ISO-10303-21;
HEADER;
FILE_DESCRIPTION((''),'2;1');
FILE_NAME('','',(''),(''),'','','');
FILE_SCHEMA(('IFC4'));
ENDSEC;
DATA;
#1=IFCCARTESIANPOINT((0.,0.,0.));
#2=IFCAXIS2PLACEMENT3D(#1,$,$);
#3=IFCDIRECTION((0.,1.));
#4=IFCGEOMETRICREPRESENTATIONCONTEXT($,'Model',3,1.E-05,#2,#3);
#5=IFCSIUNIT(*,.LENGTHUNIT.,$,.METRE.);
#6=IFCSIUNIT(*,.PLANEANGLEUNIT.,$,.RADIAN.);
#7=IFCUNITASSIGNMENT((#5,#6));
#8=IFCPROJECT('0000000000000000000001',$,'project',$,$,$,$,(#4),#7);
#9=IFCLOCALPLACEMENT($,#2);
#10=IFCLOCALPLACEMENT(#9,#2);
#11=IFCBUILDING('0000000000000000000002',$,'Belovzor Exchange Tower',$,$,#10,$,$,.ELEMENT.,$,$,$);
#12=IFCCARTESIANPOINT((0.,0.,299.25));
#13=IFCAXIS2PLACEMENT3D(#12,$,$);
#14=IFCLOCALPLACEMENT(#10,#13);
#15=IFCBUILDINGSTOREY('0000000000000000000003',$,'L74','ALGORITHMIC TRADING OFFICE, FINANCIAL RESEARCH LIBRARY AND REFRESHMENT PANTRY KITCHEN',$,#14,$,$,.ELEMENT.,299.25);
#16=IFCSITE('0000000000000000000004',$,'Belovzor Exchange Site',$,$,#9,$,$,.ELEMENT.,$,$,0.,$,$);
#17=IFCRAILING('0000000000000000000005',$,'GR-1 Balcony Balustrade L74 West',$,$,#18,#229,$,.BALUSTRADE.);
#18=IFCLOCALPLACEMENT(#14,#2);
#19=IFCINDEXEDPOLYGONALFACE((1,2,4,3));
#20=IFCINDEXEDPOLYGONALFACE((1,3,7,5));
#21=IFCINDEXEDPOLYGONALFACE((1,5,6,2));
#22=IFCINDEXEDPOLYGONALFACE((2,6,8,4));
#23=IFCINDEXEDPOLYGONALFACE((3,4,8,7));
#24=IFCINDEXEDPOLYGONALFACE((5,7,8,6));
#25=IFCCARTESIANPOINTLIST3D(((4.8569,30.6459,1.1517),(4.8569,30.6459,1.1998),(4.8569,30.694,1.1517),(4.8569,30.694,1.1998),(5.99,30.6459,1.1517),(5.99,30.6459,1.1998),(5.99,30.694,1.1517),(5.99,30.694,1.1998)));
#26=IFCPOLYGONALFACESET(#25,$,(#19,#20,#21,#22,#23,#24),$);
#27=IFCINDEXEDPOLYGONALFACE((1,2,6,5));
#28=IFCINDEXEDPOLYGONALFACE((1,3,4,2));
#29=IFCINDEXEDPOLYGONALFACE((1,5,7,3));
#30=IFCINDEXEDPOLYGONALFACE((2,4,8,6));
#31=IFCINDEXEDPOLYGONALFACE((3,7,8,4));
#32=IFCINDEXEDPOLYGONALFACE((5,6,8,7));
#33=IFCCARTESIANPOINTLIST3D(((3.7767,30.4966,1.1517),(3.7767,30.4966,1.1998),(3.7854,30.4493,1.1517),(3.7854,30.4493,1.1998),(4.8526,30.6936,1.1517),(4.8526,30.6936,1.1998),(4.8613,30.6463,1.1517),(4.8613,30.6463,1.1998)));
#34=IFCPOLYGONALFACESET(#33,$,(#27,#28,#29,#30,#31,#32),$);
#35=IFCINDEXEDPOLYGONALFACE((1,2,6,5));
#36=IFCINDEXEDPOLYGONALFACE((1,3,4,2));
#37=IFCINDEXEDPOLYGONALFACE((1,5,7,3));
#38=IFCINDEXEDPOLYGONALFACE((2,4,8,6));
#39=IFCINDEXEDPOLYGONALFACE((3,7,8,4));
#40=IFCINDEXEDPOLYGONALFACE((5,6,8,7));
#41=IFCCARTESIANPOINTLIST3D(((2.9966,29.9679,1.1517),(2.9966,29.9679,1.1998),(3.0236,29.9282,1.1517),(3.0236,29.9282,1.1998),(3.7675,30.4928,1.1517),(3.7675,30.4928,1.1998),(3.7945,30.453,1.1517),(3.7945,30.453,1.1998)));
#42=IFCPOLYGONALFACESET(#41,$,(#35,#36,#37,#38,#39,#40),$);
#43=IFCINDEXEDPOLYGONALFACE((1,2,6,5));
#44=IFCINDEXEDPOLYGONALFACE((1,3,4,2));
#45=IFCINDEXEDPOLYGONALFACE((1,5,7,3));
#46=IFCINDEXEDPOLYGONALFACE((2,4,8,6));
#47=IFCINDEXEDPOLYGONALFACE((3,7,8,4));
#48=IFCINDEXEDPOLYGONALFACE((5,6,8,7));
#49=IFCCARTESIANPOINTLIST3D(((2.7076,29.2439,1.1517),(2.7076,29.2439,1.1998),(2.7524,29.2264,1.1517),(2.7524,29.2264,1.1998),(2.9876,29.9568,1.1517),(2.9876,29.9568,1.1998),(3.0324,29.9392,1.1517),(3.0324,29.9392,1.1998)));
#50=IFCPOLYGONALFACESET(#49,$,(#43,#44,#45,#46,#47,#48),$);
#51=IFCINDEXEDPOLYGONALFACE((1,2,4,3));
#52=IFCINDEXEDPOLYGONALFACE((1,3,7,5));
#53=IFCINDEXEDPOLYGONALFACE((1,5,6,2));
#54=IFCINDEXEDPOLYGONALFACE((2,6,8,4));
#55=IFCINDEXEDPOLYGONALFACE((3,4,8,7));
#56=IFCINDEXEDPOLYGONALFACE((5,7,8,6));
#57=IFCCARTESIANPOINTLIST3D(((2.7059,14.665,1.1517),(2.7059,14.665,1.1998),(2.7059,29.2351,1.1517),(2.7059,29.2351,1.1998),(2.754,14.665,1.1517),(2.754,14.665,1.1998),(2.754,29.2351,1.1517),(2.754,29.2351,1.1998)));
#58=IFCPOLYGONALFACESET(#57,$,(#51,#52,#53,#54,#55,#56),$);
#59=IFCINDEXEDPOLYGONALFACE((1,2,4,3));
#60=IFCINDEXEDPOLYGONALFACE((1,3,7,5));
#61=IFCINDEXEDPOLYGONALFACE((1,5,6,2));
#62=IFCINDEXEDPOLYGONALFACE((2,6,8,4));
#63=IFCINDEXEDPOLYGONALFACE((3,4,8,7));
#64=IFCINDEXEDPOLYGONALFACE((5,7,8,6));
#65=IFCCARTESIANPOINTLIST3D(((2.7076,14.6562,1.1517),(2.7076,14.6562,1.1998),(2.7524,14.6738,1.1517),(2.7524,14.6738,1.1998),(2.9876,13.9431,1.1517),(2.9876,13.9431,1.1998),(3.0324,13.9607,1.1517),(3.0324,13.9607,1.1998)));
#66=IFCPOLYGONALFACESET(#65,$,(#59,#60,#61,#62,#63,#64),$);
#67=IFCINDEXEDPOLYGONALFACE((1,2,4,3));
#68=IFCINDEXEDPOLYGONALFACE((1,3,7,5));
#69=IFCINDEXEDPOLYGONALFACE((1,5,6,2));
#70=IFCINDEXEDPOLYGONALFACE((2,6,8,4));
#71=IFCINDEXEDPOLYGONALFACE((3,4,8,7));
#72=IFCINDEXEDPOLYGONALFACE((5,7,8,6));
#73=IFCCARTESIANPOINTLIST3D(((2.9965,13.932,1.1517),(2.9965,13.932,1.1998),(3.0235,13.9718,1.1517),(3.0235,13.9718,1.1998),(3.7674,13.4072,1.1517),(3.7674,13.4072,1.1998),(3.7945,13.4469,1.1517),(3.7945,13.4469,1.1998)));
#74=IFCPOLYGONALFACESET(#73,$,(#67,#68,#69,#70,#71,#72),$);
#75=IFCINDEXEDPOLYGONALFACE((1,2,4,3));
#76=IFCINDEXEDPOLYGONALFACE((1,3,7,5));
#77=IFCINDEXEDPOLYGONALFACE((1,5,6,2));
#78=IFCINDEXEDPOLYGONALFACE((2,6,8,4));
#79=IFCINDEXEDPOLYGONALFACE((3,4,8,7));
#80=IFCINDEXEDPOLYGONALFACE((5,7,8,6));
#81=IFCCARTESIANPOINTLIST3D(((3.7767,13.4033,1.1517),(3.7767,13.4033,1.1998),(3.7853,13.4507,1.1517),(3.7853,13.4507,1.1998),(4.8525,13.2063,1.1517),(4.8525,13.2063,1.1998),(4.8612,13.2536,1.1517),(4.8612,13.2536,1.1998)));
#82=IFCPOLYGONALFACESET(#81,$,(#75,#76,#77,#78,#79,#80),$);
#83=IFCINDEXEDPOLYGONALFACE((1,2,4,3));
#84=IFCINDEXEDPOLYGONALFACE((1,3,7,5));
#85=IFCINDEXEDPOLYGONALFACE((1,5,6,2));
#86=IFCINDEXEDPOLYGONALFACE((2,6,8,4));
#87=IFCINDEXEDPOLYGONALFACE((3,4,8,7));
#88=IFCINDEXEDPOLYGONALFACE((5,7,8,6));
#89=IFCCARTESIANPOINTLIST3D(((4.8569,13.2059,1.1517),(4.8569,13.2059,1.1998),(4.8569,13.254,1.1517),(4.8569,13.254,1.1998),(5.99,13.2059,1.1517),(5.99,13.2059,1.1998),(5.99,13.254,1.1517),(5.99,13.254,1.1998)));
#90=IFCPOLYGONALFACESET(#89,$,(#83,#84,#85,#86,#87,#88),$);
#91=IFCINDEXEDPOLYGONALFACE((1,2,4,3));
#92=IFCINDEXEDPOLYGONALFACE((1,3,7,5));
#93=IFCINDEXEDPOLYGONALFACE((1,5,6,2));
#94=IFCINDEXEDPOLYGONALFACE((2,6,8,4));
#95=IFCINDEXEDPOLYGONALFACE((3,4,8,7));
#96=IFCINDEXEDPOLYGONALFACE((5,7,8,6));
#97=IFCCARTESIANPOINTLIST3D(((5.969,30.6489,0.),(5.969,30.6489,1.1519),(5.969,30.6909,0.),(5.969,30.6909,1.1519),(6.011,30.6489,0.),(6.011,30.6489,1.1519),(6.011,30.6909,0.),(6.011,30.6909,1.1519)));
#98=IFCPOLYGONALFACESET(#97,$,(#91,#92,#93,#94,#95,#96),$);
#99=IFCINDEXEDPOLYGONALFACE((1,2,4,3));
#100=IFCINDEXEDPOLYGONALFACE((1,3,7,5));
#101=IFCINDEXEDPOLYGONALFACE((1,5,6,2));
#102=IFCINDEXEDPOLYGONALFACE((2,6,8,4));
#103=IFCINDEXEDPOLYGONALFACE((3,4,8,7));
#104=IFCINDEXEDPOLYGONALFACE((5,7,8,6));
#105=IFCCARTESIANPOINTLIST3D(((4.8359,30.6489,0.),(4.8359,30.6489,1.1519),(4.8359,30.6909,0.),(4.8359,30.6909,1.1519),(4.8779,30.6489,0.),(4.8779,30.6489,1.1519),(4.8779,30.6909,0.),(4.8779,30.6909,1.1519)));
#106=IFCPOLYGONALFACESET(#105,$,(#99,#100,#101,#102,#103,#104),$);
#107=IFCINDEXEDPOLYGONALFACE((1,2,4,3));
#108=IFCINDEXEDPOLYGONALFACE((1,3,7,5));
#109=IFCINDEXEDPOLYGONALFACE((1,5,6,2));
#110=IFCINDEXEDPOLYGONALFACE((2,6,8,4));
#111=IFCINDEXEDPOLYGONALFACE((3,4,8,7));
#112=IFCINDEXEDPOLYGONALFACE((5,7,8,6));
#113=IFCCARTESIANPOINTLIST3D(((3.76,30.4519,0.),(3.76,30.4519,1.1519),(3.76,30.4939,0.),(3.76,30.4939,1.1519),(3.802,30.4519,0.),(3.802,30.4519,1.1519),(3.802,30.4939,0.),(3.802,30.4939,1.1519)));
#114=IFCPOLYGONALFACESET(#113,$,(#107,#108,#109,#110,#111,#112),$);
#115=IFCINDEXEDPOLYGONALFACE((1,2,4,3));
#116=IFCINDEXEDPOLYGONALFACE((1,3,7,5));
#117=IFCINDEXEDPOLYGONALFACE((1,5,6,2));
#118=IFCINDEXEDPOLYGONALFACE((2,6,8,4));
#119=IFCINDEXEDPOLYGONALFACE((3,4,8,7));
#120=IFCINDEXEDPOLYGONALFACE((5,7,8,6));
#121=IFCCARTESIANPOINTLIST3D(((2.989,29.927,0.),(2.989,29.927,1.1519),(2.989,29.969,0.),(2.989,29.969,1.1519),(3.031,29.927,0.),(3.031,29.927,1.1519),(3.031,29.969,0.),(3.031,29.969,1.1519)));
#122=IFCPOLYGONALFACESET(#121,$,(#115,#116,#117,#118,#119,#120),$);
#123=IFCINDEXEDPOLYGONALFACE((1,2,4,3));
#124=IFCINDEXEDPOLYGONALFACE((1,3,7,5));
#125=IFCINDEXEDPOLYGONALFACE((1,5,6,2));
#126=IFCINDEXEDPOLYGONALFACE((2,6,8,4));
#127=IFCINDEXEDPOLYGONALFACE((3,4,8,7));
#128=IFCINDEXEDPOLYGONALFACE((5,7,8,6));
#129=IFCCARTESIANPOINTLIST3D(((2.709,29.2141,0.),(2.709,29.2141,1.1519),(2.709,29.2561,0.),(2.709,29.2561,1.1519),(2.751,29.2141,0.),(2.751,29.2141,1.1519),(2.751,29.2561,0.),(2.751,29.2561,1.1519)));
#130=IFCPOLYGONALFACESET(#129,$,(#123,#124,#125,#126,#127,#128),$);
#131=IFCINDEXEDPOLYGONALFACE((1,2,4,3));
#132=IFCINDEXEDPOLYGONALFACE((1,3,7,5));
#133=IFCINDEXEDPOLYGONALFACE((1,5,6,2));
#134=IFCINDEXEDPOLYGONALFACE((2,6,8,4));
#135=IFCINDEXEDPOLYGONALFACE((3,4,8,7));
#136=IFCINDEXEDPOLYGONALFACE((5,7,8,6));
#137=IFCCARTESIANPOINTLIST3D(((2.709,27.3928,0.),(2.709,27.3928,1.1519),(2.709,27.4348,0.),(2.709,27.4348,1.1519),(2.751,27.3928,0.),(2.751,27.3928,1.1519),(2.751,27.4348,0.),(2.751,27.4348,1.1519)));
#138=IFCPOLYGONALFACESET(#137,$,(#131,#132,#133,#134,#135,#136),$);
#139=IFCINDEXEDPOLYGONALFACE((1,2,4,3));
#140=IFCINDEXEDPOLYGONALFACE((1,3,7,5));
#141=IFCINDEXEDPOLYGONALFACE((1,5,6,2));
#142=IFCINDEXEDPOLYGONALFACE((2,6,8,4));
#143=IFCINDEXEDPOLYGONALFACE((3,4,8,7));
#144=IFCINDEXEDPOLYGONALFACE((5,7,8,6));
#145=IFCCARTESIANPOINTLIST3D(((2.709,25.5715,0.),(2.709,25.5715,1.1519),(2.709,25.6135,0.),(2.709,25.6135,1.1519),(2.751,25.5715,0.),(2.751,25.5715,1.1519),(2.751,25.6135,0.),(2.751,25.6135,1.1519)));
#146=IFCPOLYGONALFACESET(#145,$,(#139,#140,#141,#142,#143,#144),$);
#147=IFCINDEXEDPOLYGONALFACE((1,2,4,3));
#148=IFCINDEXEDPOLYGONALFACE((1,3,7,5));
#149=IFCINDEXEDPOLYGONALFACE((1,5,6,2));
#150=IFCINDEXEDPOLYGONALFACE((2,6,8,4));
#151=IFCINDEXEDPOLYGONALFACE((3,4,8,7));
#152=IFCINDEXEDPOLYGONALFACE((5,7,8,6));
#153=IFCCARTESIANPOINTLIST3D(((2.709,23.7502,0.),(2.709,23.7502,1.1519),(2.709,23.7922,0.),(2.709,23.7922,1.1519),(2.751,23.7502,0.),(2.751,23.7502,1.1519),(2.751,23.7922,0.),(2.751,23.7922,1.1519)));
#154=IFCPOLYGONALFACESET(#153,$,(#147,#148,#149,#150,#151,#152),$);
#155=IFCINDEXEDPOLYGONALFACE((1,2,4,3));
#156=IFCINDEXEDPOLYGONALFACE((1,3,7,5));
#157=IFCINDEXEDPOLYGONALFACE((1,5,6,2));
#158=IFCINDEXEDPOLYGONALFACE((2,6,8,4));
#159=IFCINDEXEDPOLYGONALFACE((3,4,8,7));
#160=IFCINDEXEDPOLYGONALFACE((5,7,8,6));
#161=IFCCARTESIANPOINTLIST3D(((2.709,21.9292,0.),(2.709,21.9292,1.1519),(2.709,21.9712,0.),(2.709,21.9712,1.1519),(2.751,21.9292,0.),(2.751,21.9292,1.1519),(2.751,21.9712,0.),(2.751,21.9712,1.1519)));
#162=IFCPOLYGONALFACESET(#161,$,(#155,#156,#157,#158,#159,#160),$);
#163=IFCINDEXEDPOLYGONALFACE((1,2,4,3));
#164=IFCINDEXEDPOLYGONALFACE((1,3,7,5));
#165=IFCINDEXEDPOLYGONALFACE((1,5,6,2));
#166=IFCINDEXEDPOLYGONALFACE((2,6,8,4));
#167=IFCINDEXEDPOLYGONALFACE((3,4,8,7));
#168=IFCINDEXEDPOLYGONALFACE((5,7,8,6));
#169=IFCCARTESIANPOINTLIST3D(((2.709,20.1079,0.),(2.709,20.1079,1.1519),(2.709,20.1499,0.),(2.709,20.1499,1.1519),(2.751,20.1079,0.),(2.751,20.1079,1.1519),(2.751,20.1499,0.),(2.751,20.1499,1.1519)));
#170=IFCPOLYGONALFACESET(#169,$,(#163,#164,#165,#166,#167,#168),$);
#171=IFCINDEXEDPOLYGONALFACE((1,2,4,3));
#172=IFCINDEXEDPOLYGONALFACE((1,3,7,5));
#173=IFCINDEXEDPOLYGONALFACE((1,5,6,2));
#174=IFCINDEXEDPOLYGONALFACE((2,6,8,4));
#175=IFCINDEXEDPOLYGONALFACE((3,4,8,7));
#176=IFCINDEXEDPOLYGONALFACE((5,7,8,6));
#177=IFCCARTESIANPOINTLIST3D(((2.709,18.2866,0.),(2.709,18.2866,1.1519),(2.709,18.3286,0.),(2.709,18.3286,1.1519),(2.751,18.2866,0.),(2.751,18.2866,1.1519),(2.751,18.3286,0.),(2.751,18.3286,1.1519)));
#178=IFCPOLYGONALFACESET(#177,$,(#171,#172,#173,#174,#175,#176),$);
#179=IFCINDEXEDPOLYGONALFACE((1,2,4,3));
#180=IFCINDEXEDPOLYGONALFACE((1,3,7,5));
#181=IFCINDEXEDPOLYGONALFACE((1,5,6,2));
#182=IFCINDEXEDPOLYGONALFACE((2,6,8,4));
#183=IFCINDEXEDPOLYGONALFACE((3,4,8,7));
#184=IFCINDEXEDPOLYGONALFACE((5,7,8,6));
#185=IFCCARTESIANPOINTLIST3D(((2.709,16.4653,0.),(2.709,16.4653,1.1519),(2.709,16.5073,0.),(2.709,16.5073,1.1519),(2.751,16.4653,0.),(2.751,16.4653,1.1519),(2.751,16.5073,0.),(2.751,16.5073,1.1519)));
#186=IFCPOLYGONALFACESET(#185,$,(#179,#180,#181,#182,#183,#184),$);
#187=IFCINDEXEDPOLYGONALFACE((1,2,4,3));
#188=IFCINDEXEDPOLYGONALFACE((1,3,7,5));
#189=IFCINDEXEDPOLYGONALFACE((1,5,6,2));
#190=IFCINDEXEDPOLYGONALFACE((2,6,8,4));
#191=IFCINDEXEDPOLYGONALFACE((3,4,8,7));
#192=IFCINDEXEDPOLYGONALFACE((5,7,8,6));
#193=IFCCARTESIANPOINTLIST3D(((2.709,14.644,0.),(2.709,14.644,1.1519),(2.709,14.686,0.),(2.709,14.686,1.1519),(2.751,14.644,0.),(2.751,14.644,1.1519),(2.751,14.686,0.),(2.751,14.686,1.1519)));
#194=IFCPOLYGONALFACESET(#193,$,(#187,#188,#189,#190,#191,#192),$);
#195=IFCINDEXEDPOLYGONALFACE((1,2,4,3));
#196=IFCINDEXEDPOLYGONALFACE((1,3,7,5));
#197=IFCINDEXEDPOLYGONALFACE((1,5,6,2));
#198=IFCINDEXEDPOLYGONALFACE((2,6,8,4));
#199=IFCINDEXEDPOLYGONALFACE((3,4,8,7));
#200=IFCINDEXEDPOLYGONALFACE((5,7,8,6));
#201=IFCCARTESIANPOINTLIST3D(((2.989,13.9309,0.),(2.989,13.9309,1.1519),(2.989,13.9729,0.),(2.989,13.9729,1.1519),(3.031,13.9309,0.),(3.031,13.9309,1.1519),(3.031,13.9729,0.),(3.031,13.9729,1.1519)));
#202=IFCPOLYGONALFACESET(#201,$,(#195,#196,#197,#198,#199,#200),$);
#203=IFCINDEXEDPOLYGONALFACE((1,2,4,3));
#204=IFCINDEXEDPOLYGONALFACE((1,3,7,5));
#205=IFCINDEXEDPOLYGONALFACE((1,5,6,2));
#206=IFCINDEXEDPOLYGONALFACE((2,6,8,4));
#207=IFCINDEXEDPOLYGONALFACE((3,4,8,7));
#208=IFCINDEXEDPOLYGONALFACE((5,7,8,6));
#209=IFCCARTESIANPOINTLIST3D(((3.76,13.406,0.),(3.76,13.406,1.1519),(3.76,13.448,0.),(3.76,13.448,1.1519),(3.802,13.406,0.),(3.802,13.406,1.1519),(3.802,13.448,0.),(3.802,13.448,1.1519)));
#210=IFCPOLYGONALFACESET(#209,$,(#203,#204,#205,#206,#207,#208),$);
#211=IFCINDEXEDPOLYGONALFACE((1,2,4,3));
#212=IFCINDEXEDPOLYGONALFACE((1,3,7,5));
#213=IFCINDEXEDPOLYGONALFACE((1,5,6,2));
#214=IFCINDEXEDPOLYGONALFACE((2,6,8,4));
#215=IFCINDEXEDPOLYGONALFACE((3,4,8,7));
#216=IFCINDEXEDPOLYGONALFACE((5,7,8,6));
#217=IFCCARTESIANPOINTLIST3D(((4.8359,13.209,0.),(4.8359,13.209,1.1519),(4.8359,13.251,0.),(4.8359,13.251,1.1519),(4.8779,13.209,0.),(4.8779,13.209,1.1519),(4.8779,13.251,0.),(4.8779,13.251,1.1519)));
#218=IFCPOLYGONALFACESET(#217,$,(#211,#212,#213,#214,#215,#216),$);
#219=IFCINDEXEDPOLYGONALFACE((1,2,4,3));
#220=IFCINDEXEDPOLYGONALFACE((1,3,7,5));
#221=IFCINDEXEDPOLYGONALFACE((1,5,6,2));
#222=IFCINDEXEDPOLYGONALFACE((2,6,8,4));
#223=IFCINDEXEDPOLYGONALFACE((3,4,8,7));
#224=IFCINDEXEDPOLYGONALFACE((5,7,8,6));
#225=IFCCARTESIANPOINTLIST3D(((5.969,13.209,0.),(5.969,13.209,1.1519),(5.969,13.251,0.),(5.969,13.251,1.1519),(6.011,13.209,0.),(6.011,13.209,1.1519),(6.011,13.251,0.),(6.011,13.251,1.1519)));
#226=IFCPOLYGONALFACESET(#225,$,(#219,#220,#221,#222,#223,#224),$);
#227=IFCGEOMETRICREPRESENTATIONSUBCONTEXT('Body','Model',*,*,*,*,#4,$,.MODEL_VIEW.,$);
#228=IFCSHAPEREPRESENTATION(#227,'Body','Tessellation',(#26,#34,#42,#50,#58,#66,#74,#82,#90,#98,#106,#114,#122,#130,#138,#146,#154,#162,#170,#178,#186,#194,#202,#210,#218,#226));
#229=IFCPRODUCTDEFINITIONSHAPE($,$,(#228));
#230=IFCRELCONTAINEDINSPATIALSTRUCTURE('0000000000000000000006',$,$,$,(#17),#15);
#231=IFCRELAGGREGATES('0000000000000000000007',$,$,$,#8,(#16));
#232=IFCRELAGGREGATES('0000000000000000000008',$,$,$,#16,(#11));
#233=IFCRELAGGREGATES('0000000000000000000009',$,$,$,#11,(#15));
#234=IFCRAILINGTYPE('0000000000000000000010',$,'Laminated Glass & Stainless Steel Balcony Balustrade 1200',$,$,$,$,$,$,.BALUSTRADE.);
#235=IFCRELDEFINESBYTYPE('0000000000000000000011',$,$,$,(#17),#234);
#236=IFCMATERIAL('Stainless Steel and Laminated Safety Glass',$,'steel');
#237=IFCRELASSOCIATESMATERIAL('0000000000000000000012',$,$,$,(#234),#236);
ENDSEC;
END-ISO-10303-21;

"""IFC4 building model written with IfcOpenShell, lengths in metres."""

from ifc_helpers import new_model, si_unit, direction, frame, origin, origin_2d, place, context, subcontext, project, spatial, rectangle, extrude, material, type_object, element, save


model = new_model("IFC4")

# Units and contexts
model_context = context("Model", 3, precision=1e-05, world=origin(), true_north=direction((0.0, 1.0)))
body_context = subcontext(model_context, "Body", "Model", "MODEL_VIEW")
ifc_project = project(units=[si_unit("LENGTHUNIT", "METRE"), si_unit("PLANEANGLEUNIT", "RADIAN")], contexts=[model_context])

# Site, building, storey
site_placement = place(None, origin())
site = spatial("IfcSite", under=ifc_project, at=site_placement, Name="Belovzor Exchange Site", CompositionType="ELEMENT", RefElevation=0.0)
building_placement = place(site_placement, origin())
building = spatial("IfcBuilding", under=site, at=building_placement, Name="Belovzor Exchange Tower", CompositionType="ELEMENT")
storey_placement = place(building_placement, frame((0.0, 0.0, 299.25)))
storey = spatial("IfcBuildingStorey", under=building, at=storey_placement, Name="L74", Description="ALGORITHMIC TRADING OFFICE, FINANCIAL RESEARCH LIBRARY AND REFRESHMENT PANTRY KITCHEN", CompositionType="ELEMENT", Elevation=299.25)

# Railing
ifc_material_1 = material(Name="Stainless Steel and Laminated Safety Glass", Category="steel")
railing_type = type_object("IfcRailingType", Name="Laminated Glass & Stainless Steel Balcony Balustrade 1200", PredefinedType="BALUSTRADE", material=ifc_material_1)
railing_placement = place(storey_placement, frame((5.99, 30.6699, 0.0)))
element("IfcRailing", 1, at=railing_placement, inside=storey, type_object=railing_type, Name="GR-1 Balcony Balustrade L74 West", PredefinedType="BALUSTRADE", context=body_context, shape_type="SweptSolid", body=[
    extrude(rectangle(XDim=0.0481, YDim=0.0481, at=origin_2d()), frame((0.0, 0.0, 1.1758), z_axis=(-1.0, 0.0, 0.0), x_axis=(0.0, -1.0, 0.0)), (0.0, 0.0, 1.0), 1.1331),
    extrude(rectangle(XDim=0.0481, YDim=0.0481, at=origin_2d()), frame((-1.1331, 0.0, 1.1758), z_axis=(-0.983644, -0.180123, 0.0), x_axis=(0.180123, -0.983644, 0.0)), (0.0, 0.0, 1.0), 1.0938),
    extrude(rectangle(XDim=0.0481, YDim=0.0481, at=origin_2d()), frame((-2.209, -0.197, 1.1758), z_axis=(-0.826615, -0.562768, 0.0), x_axis=(0.562768, -0.826615, 0.0)), (0.0, 0.0, 1.0), 0.9326),
    extrude(rectangle(XDim=0.0481, YDim=0.0481, at=origin_2d()), frame((-2.98, -0.7219, 1.1758), z_axis=(-0.365613, -0.930767, 0.0), x_axis=(0.930767, -0.365613, 0.0)), (0.0, 0.0, 1.0), 0.7659),
    extrude(rectangle(XDim=0.0481, YDim=0.0481, at=origin_2d()), frame((-3.26, -1.4348, 1.1758), z_axis=(0.0, -1.0, 0.0), x_axis=(1.0, 0.0, 0.0)), (0.0, 0.0, 1.0), 14.5701),
    extrude(rectangle(XDim=0.0481, YDim=0.0481, at=origin_2d()), frame((-3.26, -16.0049, 1.1758), z_axis=(0.365504, -0.93081, 0.0), x_axis=(0.93081, 0.365504, 0.0)), (0.0, 0.0, 1.0), 0.7661),
    extrude(rectangle(XDim=0.0481, YDim=0.0481, at=origin_2d()), frame((-2.98, -16.718, 1.1758), z_axis=(0.826615, -0.562768, 0.0), x_axis=(0.562768, 0.826615, 0.0)), (0.0, 0.0, 1.0), 0.9326),
    extrude(rectangle(XDim=0.0481, YDim=0.0481, at=origin_2d()), frame((-2.209, -17.2429, 1.1758), z_axis=(0.983644, -0.180123, 0.0), x_axis=(0.180123, 0.983644, 0.0)), (0.0, 0.0, 1.0), 1.0938),
    extrude(rectangle(XDim=0.0481, YDim=0.0481, at=origin_2d()), frame((-1.1331, -17.4399, 1.1758), z_axis=(1.0, 0.0, 0.0), x_axis=(0.0, 1.0, 0.0)), (0.0, 0.0, 1.0), 1.1331),
    extrude(rectangle(XDim=0.042, YDim=0.042, at=origin_2d()), origin(), (0.0, 0.0, 1.0), 1.1519),
    extrude(rectangle(XDim=0.042, YDim=0.042, at=origin_2d()), frame((-1.1331, 0.0, 0.0)), (0.0, 0.0, 1.0), 1.1519),
    extrude(rectangle(XDim=0.042, YDim=0.042, at=origin_2d()), frame((-2.209, -0.197, 0.0)), (0.0, 0.0, 1.0), 1.1519),
    extrude(rectangle(XDim=0.042, YDim=0.042, at=origin_2d()), frame((-2.98, -0.7219, 0.0)), (0.0, 0.0, 1.0), 1.1519),
    extrude(rectangle(XDim=0.042, YDim=0.042, at=origin_2d()), frame((-3.26, -1.4348, 0.0)), (0.0, 0.0, 1.0), 1.1519),
    extrude(rectangle(XDim=0.042, YDim=0.042, at=origin_2d()), frame((-3.26, -3.2561, 0.0)), (0.0, 0.0, 1.0), 1.1519),
    extrude(rectangle(XDim=0.042, YDim=0.042, at=origin_2d()), frame((-3.26, -5.0774, 0.0)), (0.0, 0.0, 1.0), 1.1519),
    extrude(rectangle(XDim=0.042, YDim=0.042, at=origin_2d()), frame((-3.26, -6.8987, 0.0)), (0.0, 0.0, 1.0), 1.1519),
    extrude(rectangle(XDim=0.042, YDim=0.042, at=origin_2d()), frame((-3.26, -8.7197, 0.0)), (0.0, 0.0, 1.0), 1.1519),
    extrude(rectangle(XDim=0.042, YDim=0.042, at=origin_2d()), frame((-3.26, -10.541, 0.0)), (0.0, 0.0, 1.0), 1.1519),
    extrude(rectangle(XDim=0.042, YDim=0.042, at=origin_2d()), frame((-3.26, -12.3623, 0.0)), (0.0, 0.0, 1.0), 1.1519),
    extrude(rectangle(XDim=0.042, YDim=0.042, at=origin_2d()), frame((-3.26, -14.1836, 0.0)), (0.0, 0.0, 1.0), 1.1519),
    extrude(rectangle(XDim=0.042, YDim=0.042, at=origin_2d()), frame((-3.26, -16.0049, 0.0)), (0.0, 0.0, 1.0), 1.1519),
    extrude(rectangle(XDim=0.042, YDim=0.042, at=origin_2d()), frame((-2.98, -16.718, 0.0)), (0.0, 0.0, 1.0), 1.1519),
    extrude(rectangle(XDim=0.042, YDim=0.042, at=origin_2d()), frame((-2.209, -17.2429, 0.0)), (0.0, 0.0, 1.0), 1.1519),
    extrude(rectangle(XDim=0.042, YDim=0.042, at=origin_2d()), frame((-1.1331, -17.4399, 0.0)), (0.0, 0.0, 1.0), 1.1519),
    extrude(rectangle(XDim=0.042, YDim=0.042, at=origin_2d()), frame((0.0, -17.4399, 0.0)), (0.0, 0.0, 1.0), 1.1519),
])

save(model, "model.ifc")
